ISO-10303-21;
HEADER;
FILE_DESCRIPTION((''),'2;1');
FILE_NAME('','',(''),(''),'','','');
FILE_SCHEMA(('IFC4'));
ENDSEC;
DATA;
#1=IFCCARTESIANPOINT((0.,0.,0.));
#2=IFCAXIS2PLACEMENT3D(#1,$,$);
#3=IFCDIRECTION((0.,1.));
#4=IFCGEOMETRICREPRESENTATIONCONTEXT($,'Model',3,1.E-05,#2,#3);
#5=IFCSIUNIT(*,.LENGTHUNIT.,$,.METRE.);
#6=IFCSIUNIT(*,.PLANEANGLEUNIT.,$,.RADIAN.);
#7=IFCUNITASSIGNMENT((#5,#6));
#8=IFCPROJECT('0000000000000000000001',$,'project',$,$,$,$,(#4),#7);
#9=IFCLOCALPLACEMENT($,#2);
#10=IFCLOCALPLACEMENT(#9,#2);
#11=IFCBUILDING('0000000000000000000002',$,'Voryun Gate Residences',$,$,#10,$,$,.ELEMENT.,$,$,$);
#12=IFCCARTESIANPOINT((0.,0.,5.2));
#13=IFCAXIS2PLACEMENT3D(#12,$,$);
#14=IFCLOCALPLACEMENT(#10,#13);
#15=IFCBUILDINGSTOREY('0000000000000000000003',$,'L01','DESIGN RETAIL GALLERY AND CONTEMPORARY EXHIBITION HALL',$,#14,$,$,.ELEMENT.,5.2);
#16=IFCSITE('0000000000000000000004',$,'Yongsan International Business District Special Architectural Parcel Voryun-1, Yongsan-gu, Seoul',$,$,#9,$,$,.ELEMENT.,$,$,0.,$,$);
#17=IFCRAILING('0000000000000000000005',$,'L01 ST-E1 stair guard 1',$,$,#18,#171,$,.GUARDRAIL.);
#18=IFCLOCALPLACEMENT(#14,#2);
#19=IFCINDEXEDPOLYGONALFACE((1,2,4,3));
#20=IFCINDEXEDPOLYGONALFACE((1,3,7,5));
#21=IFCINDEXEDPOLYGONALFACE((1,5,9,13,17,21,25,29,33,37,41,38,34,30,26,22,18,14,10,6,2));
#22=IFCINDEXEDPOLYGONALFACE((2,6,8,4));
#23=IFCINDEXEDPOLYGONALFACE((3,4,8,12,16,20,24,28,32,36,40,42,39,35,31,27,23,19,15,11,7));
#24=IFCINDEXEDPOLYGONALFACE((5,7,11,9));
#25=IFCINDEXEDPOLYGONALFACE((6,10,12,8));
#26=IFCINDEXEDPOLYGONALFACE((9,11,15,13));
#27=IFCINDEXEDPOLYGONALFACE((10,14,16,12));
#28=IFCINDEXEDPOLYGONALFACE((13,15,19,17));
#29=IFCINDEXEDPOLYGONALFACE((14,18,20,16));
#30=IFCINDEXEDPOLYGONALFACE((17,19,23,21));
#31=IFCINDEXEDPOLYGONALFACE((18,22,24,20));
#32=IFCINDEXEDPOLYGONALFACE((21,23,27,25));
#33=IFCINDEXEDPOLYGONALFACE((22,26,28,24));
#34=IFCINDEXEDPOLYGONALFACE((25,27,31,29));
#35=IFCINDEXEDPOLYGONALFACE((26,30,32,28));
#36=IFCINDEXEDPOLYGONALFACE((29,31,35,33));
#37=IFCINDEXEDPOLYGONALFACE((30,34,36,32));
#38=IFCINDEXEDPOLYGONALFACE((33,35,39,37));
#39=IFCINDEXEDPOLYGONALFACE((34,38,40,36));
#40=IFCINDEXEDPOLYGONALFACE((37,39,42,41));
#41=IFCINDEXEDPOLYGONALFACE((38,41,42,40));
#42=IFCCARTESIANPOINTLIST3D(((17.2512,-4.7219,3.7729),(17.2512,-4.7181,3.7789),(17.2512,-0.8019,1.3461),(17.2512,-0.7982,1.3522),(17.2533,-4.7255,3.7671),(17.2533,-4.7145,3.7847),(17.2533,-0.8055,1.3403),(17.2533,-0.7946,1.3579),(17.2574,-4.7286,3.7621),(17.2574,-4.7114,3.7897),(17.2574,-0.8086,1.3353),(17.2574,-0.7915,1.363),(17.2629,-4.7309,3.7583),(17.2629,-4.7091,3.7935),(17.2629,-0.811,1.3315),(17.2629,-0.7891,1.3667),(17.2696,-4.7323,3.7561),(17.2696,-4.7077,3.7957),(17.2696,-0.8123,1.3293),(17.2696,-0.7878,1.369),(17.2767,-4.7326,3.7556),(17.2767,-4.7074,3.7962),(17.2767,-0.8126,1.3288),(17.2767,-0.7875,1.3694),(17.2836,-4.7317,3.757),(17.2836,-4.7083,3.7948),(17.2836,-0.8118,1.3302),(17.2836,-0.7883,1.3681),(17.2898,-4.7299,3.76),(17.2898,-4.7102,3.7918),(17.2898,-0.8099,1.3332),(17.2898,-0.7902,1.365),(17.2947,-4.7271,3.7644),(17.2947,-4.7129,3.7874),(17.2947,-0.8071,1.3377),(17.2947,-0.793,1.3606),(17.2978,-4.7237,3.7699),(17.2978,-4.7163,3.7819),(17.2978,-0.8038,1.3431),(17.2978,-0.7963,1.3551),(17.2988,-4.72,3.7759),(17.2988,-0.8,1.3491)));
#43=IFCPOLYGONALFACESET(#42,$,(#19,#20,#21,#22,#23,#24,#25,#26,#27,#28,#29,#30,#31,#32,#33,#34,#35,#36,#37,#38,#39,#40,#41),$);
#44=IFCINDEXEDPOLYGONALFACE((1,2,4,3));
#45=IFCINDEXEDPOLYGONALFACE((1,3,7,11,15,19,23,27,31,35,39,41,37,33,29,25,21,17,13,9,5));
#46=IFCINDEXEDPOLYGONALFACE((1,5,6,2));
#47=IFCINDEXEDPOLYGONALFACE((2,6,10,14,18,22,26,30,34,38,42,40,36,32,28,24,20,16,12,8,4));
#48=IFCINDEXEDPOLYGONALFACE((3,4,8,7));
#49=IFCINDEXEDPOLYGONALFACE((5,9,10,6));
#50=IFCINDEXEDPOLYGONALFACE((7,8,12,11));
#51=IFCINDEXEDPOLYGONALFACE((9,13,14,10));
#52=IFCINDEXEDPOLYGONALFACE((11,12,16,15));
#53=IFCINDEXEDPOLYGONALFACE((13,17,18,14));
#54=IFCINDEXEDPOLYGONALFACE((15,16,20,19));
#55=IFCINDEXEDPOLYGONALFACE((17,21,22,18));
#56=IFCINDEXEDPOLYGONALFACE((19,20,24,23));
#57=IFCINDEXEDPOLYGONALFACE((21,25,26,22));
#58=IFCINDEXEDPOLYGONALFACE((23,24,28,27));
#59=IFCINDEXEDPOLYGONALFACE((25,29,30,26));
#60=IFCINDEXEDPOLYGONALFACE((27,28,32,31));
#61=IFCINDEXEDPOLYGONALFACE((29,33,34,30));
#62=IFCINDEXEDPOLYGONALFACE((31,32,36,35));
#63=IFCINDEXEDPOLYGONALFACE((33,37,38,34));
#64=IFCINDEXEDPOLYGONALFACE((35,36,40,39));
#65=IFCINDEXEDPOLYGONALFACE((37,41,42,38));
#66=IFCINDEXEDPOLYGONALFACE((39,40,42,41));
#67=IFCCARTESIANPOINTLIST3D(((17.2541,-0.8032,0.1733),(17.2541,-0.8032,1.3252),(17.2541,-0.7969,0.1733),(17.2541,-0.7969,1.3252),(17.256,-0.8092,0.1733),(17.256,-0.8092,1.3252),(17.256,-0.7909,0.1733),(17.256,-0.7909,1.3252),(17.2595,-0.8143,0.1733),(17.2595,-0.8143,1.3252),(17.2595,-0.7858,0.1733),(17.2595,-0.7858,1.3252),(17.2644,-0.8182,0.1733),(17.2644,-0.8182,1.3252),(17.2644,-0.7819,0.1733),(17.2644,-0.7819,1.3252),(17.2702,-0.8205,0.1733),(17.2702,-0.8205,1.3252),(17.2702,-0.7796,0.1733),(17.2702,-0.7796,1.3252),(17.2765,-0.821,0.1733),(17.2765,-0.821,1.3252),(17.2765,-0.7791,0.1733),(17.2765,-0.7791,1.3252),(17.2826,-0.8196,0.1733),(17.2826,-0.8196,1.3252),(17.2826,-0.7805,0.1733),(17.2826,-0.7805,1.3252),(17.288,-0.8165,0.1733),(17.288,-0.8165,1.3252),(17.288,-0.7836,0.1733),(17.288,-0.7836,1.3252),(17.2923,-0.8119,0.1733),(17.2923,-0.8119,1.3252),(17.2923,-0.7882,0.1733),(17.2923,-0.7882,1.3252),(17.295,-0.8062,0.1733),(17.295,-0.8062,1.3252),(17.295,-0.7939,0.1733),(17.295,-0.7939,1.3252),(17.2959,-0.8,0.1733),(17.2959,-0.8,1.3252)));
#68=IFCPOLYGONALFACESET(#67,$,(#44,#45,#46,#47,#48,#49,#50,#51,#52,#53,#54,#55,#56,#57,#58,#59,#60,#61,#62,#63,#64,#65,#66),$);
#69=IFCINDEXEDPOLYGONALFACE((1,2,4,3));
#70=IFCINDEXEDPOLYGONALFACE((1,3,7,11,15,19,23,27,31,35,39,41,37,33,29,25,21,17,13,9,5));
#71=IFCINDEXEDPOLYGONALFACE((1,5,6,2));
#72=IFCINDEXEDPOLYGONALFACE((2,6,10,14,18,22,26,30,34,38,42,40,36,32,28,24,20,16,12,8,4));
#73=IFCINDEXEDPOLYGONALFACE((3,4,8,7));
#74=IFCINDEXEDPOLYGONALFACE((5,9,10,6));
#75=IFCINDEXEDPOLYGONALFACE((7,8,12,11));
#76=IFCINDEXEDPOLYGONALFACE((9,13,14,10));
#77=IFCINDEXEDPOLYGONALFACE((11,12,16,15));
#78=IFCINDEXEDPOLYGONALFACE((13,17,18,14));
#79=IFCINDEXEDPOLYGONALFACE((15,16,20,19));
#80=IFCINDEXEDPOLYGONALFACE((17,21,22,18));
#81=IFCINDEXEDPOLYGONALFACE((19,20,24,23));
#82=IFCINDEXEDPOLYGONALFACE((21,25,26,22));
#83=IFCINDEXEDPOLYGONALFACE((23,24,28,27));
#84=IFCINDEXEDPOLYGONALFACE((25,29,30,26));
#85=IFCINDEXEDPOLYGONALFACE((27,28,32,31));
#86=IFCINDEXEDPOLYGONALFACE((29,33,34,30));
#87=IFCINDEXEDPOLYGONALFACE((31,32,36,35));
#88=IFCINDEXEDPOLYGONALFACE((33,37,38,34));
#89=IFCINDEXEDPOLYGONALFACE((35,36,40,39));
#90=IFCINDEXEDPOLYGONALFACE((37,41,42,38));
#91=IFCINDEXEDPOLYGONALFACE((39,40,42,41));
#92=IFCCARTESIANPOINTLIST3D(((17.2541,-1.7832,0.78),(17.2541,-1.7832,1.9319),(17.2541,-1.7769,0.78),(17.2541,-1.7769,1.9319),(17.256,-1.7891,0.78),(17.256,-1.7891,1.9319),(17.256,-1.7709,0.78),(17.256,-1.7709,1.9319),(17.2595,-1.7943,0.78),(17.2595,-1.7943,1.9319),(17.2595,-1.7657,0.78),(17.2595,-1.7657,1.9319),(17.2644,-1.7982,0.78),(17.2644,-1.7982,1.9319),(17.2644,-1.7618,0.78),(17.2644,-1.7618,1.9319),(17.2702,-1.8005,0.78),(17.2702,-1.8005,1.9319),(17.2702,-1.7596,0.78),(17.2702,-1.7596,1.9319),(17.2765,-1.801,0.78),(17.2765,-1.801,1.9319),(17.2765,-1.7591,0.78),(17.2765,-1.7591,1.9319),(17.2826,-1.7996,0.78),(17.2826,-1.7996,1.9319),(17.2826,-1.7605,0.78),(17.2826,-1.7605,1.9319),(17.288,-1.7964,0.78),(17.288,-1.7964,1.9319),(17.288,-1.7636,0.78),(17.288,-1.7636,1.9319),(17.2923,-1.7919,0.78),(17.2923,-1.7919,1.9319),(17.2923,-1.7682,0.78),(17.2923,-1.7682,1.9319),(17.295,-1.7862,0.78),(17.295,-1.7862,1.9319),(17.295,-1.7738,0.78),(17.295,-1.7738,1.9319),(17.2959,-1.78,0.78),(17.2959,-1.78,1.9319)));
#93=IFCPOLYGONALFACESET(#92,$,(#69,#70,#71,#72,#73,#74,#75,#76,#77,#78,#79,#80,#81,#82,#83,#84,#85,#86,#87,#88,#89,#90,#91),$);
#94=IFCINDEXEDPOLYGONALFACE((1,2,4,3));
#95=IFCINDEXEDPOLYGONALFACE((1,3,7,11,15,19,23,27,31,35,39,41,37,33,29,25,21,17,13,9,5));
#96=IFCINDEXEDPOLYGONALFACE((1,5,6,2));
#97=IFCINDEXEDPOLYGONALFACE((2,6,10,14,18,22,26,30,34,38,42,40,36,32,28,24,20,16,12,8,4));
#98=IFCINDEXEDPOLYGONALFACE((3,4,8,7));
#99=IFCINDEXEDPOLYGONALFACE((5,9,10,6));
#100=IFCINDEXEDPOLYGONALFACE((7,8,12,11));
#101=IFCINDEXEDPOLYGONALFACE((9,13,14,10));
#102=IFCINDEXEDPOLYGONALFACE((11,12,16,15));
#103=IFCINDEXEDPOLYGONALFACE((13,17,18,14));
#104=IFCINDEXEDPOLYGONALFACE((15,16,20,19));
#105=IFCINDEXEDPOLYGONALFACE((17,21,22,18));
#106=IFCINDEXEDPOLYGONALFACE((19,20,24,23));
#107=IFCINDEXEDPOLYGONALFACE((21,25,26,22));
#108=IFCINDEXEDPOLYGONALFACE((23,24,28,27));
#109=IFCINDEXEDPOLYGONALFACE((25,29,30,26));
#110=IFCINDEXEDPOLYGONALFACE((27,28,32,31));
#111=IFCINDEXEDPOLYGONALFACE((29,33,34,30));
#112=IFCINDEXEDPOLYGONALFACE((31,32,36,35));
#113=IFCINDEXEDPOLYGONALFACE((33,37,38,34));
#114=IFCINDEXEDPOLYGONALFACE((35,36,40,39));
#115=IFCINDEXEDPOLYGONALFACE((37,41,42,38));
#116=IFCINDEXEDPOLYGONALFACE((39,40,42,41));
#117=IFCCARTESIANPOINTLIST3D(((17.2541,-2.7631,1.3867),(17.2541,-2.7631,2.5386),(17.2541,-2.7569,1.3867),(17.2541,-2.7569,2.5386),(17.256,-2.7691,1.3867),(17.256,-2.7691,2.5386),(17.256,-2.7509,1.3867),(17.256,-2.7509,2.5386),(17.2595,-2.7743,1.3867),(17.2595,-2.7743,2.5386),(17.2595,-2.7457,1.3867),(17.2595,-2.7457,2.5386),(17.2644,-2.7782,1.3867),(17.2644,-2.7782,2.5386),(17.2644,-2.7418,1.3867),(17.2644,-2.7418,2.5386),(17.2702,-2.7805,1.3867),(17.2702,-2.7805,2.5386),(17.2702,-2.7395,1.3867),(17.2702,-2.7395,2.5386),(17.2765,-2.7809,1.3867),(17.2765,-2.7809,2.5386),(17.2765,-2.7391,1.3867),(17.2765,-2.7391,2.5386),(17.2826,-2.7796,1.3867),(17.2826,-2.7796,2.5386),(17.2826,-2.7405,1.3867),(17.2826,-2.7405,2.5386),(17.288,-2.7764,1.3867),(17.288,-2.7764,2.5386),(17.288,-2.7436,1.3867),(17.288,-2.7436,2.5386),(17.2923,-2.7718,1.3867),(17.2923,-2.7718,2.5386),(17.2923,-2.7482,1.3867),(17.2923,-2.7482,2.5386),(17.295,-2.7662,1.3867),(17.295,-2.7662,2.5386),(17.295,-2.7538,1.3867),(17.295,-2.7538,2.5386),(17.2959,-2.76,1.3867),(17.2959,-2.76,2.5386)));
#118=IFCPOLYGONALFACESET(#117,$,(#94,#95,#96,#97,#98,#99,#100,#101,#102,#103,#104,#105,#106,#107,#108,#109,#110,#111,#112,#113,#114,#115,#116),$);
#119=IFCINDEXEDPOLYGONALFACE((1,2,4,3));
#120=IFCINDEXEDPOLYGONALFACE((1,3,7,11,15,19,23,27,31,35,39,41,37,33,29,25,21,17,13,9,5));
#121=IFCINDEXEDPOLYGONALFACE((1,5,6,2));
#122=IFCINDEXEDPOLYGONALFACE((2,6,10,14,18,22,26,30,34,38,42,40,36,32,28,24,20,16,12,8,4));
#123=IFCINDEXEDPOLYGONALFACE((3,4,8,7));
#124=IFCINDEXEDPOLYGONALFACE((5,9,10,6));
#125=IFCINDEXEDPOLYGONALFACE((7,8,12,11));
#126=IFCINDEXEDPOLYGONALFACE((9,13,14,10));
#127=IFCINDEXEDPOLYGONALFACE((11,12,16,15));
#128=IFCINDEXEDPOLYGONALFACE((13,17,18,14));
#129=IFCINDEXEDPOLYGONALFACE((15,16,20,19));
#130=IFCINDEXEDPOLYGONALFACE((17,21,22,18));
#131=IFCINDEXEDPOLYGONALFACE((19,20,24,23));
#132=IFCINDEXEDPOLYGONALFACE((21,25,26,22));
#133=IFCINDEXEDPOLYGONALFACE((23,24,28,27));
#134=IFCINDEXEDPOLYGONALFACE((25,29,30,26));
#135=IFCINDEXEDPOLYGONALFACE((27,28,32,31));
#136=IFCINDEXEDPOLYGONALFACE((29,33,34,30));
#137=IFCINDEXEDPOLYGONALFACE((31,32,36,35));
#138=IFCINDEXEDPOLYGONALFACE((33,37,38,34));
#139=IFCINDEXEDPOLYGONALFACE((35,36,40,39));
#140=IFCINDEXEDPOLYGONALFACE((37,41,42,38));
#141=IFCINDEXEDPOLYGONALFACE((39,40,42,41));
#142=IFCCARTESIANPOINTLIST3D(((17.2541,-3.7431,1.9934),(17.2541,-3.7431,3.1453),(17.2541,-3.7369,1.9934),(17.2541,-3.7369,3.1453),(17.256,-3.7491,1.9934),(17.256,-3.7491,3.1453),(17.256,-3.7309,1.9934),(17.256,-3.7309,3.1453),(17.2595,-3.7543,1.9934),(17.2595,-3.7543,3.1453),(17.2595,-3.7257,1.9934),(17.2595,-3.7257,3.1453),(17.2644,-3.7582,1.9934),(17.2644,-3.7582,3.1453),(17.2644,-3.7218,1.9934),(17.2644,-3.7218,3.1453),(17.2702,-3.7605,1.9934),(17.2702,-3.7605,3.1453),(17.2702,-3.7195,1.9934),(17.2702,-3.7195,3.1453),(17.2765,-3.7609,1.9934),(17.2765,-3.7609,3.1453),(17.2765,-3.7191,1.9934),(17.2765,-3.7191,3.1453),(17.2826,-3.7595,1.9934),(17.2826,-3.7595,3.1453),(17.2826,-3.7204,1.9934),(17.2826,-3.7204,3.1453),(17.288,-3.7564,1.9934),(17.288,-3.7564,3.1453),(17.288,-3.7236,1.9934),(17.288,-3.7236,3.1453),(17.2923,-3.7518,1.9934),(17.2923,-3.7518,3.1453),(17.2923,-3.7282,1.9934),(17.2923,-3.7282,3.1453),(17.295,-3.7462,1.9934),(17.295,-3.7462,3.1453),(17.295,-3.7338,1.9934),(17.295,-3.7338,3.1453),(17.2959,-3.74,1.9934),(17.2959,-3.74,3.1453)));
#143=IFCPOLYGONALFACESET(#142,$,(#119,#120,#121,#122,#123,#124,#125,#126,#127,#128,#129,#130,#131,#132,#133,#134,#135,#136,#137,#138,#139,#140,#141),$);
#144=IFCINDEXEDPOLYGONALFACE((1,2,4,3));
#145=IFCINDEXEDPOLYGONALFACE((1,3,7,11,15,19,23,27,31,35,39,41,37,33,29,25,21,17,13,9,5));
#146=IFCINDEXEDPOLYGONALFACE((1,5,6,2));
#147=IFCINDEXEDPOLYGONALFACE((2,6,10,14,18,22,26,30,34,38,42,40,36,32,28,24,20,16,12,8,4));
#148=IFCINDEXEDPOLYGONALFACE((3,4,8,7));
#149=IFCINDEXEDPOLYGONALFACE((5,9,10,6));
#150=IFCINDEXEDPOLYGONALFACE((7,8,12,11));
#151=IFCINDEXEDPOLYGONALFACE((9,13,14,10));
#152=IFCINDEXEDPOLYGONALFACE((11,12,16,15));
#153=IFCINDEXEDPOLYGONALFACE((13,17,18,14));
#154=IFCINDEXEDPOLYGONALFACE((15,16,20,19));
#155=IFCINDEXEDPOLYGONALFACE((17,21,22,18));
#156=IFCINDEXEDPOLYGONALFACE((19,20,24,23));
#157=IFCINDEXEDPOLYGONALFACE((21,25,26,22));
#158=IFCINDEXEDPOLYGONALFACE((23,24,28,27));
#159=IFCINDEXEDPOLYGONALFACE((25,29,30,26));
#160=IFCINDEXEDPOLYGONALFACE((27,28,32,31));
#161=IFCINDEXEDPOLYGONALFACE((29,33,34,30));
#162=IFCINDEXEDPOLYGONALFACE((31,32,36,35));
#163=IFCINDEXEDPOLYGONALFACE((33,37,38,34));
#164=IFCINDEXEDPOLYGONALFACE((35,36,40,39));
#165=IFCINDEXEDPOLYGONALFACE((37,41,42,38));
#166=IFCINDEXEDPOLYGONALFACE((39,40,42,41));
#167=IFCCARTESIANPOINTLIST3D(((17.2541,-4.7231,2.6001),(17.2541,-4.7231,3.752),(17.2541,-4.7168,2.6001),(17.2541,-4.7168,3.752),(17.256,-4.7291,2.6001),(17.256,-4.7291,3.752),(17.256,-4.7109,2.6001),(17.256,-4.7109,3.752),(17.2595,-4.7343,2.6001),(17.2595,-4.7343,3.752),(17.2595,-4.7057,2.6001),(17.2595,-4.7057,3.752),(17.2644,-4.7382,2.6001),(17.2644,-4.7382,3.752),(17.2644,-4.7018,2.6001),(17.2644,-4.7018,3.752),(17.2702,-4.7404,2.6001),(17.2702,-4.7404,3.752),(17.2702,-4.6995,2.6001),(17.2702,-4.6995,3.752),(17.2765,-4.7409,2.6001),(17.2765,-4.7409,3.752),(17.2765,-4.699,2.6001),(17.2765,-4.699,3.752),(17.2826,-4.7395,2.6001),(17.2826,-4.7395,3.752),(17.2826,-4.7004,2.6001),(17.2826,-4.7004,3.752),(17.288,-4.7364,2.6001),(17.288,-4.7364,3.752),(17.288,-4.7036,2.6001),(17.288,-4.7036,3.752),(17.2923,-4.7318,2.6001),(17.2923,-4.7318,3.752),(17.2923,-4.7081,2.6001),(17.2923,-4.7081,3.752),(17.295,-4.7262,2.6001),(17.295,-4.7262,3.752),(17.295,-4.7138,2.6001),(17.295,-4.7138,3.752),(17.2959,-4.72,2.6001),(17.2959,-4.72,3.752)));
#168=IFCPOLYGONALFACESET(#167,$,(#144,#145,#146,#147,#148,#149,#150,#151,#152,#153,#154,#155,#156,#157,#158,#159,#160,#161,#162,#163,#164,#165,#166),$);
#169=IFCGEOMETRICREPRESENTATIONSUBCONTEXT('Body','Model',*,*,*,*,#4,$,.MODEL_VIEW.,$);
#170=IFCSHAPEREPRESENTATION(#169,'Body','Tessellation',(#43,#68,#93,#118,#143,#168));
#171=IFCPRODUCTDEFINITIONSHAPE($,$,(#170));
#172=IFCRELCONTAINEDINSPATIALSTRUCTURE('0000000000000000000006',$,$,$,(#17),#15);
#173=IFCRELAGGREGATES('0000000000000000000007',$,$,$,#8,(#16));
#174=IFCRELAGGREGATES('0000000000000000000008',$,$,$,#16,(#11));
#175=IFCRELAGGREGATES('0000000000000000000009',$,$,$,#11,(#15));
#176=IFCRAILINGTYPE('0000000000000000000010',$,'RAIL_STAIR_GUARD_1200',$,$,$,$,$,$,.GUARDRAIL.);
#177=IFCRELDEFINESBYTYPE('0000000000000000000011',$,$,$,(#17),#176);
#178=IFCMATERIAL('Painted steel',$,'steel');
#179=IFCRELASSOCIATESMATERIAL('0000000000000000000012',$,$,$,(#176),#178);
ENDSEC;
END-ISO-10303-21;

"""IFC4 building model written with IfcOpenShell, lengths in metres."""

from ifc_helpers import new_model, si_unit, direction, frame, origin, origin_2d, place, context, subcontext, project, spatial, circle, extrude, material, type_object, element, save


model = new_model("IFC4")

# Units and contexts
model_context = context("Model", 3, precision=1e-05, world=origin(), true_north=direction((0.0, 1.0)))
body_context = subcontext(model_context, "Body", "Model", "MODEL_VIEW")
ifc_project = project(units=[si_unit("LENGTHUNIT", "METRE"), si_unit("PLANEANGLEUNIT", "RADIAN")], contexts=[model_context])

# Site, building, storey
site_placement = place(None, origin())
site = spatial("IfcSite", under=ifc_project, at=site_placement, Name="Yongsan International Business District Special Architectural Parcel Voryun-1, Yongsan-gu, Seoul", CompositionType="ELEMENT", RefElevation=0.0)
building_placement = place(site_placement, origin())
building = spatial("IfcBuilding", under=site, at=building_placement, Name="Voryun Gate Residences", CompositionType="ELEMENT")
storey_placement = place(building_placement, frame((0.0, 0.0, 5.2)))
storey = spatial("IfcBuildingStorey", under=building, at=storey_placement, Name="L01", Description="DESIGN RETAIL GALLERY AND CONTEMPORARY EXHIBITION HALL", CompositionType="ELEMENT", Elevation=5.2)

# Railing
ifc_material_1 = material(Name="Painted steel", Category="steel")
railing_type = type_object("IfcRailingType", Name="RAIL_STAIR_GUARD_1200", PredefinedType="GUARDRAIL", material=ifc_material_1)
railing_1_placement = place(storey_placement, frame((17.2749, -0.8, 0.1733)))
element("IfcRailing", 1, at=railing_1_placement, inside=storey, type_object=railing_type, Name="L01 ST-E1 stair guard 1", PredefinedType="GUARDRAIL", context=body_context, shape_type="SweptSolid", body=[
    extrude(circle(Radius=0.0239, at=origin_2d()), frame((0.0, 0.0, 1.1758), z_axis=(0.0, -0.850252, 0.526376), x_axis=(1.0, 0.0, 0.0)), (0.0, 0.0, 1.0), 4.6104),
    extrude(circle(Radius=0.021, at=origin_2d()), origin(), (0.0, 0.0, 1.0), 1.1519),
    extrude(circle(Radius=0.021, at=origin_2d()), frame((0.0, -0.98, 0.6067)), (0.0, 0.0, 1.0), 1.1519),
    extrude(circle(Radius=0.021, at=origin_2d()), frame((0.0, -1.96, 1.2134)), (0.0, 0.0, 1.0), 1.1519),
    extrude(circle(Radius=0.021, at=origin_2d()), frame((0.0, -2.9399, 1.8201)), (0.0, 0.0, 1.0), 1.1519),
    extrude(circle(Radius=0.021, at=origin_2d()), frame((0.0, -3.9199, 2.4268)), (0.0, 0.0, 1.0), 1.1519),
])

save(model, "model.ifc")
